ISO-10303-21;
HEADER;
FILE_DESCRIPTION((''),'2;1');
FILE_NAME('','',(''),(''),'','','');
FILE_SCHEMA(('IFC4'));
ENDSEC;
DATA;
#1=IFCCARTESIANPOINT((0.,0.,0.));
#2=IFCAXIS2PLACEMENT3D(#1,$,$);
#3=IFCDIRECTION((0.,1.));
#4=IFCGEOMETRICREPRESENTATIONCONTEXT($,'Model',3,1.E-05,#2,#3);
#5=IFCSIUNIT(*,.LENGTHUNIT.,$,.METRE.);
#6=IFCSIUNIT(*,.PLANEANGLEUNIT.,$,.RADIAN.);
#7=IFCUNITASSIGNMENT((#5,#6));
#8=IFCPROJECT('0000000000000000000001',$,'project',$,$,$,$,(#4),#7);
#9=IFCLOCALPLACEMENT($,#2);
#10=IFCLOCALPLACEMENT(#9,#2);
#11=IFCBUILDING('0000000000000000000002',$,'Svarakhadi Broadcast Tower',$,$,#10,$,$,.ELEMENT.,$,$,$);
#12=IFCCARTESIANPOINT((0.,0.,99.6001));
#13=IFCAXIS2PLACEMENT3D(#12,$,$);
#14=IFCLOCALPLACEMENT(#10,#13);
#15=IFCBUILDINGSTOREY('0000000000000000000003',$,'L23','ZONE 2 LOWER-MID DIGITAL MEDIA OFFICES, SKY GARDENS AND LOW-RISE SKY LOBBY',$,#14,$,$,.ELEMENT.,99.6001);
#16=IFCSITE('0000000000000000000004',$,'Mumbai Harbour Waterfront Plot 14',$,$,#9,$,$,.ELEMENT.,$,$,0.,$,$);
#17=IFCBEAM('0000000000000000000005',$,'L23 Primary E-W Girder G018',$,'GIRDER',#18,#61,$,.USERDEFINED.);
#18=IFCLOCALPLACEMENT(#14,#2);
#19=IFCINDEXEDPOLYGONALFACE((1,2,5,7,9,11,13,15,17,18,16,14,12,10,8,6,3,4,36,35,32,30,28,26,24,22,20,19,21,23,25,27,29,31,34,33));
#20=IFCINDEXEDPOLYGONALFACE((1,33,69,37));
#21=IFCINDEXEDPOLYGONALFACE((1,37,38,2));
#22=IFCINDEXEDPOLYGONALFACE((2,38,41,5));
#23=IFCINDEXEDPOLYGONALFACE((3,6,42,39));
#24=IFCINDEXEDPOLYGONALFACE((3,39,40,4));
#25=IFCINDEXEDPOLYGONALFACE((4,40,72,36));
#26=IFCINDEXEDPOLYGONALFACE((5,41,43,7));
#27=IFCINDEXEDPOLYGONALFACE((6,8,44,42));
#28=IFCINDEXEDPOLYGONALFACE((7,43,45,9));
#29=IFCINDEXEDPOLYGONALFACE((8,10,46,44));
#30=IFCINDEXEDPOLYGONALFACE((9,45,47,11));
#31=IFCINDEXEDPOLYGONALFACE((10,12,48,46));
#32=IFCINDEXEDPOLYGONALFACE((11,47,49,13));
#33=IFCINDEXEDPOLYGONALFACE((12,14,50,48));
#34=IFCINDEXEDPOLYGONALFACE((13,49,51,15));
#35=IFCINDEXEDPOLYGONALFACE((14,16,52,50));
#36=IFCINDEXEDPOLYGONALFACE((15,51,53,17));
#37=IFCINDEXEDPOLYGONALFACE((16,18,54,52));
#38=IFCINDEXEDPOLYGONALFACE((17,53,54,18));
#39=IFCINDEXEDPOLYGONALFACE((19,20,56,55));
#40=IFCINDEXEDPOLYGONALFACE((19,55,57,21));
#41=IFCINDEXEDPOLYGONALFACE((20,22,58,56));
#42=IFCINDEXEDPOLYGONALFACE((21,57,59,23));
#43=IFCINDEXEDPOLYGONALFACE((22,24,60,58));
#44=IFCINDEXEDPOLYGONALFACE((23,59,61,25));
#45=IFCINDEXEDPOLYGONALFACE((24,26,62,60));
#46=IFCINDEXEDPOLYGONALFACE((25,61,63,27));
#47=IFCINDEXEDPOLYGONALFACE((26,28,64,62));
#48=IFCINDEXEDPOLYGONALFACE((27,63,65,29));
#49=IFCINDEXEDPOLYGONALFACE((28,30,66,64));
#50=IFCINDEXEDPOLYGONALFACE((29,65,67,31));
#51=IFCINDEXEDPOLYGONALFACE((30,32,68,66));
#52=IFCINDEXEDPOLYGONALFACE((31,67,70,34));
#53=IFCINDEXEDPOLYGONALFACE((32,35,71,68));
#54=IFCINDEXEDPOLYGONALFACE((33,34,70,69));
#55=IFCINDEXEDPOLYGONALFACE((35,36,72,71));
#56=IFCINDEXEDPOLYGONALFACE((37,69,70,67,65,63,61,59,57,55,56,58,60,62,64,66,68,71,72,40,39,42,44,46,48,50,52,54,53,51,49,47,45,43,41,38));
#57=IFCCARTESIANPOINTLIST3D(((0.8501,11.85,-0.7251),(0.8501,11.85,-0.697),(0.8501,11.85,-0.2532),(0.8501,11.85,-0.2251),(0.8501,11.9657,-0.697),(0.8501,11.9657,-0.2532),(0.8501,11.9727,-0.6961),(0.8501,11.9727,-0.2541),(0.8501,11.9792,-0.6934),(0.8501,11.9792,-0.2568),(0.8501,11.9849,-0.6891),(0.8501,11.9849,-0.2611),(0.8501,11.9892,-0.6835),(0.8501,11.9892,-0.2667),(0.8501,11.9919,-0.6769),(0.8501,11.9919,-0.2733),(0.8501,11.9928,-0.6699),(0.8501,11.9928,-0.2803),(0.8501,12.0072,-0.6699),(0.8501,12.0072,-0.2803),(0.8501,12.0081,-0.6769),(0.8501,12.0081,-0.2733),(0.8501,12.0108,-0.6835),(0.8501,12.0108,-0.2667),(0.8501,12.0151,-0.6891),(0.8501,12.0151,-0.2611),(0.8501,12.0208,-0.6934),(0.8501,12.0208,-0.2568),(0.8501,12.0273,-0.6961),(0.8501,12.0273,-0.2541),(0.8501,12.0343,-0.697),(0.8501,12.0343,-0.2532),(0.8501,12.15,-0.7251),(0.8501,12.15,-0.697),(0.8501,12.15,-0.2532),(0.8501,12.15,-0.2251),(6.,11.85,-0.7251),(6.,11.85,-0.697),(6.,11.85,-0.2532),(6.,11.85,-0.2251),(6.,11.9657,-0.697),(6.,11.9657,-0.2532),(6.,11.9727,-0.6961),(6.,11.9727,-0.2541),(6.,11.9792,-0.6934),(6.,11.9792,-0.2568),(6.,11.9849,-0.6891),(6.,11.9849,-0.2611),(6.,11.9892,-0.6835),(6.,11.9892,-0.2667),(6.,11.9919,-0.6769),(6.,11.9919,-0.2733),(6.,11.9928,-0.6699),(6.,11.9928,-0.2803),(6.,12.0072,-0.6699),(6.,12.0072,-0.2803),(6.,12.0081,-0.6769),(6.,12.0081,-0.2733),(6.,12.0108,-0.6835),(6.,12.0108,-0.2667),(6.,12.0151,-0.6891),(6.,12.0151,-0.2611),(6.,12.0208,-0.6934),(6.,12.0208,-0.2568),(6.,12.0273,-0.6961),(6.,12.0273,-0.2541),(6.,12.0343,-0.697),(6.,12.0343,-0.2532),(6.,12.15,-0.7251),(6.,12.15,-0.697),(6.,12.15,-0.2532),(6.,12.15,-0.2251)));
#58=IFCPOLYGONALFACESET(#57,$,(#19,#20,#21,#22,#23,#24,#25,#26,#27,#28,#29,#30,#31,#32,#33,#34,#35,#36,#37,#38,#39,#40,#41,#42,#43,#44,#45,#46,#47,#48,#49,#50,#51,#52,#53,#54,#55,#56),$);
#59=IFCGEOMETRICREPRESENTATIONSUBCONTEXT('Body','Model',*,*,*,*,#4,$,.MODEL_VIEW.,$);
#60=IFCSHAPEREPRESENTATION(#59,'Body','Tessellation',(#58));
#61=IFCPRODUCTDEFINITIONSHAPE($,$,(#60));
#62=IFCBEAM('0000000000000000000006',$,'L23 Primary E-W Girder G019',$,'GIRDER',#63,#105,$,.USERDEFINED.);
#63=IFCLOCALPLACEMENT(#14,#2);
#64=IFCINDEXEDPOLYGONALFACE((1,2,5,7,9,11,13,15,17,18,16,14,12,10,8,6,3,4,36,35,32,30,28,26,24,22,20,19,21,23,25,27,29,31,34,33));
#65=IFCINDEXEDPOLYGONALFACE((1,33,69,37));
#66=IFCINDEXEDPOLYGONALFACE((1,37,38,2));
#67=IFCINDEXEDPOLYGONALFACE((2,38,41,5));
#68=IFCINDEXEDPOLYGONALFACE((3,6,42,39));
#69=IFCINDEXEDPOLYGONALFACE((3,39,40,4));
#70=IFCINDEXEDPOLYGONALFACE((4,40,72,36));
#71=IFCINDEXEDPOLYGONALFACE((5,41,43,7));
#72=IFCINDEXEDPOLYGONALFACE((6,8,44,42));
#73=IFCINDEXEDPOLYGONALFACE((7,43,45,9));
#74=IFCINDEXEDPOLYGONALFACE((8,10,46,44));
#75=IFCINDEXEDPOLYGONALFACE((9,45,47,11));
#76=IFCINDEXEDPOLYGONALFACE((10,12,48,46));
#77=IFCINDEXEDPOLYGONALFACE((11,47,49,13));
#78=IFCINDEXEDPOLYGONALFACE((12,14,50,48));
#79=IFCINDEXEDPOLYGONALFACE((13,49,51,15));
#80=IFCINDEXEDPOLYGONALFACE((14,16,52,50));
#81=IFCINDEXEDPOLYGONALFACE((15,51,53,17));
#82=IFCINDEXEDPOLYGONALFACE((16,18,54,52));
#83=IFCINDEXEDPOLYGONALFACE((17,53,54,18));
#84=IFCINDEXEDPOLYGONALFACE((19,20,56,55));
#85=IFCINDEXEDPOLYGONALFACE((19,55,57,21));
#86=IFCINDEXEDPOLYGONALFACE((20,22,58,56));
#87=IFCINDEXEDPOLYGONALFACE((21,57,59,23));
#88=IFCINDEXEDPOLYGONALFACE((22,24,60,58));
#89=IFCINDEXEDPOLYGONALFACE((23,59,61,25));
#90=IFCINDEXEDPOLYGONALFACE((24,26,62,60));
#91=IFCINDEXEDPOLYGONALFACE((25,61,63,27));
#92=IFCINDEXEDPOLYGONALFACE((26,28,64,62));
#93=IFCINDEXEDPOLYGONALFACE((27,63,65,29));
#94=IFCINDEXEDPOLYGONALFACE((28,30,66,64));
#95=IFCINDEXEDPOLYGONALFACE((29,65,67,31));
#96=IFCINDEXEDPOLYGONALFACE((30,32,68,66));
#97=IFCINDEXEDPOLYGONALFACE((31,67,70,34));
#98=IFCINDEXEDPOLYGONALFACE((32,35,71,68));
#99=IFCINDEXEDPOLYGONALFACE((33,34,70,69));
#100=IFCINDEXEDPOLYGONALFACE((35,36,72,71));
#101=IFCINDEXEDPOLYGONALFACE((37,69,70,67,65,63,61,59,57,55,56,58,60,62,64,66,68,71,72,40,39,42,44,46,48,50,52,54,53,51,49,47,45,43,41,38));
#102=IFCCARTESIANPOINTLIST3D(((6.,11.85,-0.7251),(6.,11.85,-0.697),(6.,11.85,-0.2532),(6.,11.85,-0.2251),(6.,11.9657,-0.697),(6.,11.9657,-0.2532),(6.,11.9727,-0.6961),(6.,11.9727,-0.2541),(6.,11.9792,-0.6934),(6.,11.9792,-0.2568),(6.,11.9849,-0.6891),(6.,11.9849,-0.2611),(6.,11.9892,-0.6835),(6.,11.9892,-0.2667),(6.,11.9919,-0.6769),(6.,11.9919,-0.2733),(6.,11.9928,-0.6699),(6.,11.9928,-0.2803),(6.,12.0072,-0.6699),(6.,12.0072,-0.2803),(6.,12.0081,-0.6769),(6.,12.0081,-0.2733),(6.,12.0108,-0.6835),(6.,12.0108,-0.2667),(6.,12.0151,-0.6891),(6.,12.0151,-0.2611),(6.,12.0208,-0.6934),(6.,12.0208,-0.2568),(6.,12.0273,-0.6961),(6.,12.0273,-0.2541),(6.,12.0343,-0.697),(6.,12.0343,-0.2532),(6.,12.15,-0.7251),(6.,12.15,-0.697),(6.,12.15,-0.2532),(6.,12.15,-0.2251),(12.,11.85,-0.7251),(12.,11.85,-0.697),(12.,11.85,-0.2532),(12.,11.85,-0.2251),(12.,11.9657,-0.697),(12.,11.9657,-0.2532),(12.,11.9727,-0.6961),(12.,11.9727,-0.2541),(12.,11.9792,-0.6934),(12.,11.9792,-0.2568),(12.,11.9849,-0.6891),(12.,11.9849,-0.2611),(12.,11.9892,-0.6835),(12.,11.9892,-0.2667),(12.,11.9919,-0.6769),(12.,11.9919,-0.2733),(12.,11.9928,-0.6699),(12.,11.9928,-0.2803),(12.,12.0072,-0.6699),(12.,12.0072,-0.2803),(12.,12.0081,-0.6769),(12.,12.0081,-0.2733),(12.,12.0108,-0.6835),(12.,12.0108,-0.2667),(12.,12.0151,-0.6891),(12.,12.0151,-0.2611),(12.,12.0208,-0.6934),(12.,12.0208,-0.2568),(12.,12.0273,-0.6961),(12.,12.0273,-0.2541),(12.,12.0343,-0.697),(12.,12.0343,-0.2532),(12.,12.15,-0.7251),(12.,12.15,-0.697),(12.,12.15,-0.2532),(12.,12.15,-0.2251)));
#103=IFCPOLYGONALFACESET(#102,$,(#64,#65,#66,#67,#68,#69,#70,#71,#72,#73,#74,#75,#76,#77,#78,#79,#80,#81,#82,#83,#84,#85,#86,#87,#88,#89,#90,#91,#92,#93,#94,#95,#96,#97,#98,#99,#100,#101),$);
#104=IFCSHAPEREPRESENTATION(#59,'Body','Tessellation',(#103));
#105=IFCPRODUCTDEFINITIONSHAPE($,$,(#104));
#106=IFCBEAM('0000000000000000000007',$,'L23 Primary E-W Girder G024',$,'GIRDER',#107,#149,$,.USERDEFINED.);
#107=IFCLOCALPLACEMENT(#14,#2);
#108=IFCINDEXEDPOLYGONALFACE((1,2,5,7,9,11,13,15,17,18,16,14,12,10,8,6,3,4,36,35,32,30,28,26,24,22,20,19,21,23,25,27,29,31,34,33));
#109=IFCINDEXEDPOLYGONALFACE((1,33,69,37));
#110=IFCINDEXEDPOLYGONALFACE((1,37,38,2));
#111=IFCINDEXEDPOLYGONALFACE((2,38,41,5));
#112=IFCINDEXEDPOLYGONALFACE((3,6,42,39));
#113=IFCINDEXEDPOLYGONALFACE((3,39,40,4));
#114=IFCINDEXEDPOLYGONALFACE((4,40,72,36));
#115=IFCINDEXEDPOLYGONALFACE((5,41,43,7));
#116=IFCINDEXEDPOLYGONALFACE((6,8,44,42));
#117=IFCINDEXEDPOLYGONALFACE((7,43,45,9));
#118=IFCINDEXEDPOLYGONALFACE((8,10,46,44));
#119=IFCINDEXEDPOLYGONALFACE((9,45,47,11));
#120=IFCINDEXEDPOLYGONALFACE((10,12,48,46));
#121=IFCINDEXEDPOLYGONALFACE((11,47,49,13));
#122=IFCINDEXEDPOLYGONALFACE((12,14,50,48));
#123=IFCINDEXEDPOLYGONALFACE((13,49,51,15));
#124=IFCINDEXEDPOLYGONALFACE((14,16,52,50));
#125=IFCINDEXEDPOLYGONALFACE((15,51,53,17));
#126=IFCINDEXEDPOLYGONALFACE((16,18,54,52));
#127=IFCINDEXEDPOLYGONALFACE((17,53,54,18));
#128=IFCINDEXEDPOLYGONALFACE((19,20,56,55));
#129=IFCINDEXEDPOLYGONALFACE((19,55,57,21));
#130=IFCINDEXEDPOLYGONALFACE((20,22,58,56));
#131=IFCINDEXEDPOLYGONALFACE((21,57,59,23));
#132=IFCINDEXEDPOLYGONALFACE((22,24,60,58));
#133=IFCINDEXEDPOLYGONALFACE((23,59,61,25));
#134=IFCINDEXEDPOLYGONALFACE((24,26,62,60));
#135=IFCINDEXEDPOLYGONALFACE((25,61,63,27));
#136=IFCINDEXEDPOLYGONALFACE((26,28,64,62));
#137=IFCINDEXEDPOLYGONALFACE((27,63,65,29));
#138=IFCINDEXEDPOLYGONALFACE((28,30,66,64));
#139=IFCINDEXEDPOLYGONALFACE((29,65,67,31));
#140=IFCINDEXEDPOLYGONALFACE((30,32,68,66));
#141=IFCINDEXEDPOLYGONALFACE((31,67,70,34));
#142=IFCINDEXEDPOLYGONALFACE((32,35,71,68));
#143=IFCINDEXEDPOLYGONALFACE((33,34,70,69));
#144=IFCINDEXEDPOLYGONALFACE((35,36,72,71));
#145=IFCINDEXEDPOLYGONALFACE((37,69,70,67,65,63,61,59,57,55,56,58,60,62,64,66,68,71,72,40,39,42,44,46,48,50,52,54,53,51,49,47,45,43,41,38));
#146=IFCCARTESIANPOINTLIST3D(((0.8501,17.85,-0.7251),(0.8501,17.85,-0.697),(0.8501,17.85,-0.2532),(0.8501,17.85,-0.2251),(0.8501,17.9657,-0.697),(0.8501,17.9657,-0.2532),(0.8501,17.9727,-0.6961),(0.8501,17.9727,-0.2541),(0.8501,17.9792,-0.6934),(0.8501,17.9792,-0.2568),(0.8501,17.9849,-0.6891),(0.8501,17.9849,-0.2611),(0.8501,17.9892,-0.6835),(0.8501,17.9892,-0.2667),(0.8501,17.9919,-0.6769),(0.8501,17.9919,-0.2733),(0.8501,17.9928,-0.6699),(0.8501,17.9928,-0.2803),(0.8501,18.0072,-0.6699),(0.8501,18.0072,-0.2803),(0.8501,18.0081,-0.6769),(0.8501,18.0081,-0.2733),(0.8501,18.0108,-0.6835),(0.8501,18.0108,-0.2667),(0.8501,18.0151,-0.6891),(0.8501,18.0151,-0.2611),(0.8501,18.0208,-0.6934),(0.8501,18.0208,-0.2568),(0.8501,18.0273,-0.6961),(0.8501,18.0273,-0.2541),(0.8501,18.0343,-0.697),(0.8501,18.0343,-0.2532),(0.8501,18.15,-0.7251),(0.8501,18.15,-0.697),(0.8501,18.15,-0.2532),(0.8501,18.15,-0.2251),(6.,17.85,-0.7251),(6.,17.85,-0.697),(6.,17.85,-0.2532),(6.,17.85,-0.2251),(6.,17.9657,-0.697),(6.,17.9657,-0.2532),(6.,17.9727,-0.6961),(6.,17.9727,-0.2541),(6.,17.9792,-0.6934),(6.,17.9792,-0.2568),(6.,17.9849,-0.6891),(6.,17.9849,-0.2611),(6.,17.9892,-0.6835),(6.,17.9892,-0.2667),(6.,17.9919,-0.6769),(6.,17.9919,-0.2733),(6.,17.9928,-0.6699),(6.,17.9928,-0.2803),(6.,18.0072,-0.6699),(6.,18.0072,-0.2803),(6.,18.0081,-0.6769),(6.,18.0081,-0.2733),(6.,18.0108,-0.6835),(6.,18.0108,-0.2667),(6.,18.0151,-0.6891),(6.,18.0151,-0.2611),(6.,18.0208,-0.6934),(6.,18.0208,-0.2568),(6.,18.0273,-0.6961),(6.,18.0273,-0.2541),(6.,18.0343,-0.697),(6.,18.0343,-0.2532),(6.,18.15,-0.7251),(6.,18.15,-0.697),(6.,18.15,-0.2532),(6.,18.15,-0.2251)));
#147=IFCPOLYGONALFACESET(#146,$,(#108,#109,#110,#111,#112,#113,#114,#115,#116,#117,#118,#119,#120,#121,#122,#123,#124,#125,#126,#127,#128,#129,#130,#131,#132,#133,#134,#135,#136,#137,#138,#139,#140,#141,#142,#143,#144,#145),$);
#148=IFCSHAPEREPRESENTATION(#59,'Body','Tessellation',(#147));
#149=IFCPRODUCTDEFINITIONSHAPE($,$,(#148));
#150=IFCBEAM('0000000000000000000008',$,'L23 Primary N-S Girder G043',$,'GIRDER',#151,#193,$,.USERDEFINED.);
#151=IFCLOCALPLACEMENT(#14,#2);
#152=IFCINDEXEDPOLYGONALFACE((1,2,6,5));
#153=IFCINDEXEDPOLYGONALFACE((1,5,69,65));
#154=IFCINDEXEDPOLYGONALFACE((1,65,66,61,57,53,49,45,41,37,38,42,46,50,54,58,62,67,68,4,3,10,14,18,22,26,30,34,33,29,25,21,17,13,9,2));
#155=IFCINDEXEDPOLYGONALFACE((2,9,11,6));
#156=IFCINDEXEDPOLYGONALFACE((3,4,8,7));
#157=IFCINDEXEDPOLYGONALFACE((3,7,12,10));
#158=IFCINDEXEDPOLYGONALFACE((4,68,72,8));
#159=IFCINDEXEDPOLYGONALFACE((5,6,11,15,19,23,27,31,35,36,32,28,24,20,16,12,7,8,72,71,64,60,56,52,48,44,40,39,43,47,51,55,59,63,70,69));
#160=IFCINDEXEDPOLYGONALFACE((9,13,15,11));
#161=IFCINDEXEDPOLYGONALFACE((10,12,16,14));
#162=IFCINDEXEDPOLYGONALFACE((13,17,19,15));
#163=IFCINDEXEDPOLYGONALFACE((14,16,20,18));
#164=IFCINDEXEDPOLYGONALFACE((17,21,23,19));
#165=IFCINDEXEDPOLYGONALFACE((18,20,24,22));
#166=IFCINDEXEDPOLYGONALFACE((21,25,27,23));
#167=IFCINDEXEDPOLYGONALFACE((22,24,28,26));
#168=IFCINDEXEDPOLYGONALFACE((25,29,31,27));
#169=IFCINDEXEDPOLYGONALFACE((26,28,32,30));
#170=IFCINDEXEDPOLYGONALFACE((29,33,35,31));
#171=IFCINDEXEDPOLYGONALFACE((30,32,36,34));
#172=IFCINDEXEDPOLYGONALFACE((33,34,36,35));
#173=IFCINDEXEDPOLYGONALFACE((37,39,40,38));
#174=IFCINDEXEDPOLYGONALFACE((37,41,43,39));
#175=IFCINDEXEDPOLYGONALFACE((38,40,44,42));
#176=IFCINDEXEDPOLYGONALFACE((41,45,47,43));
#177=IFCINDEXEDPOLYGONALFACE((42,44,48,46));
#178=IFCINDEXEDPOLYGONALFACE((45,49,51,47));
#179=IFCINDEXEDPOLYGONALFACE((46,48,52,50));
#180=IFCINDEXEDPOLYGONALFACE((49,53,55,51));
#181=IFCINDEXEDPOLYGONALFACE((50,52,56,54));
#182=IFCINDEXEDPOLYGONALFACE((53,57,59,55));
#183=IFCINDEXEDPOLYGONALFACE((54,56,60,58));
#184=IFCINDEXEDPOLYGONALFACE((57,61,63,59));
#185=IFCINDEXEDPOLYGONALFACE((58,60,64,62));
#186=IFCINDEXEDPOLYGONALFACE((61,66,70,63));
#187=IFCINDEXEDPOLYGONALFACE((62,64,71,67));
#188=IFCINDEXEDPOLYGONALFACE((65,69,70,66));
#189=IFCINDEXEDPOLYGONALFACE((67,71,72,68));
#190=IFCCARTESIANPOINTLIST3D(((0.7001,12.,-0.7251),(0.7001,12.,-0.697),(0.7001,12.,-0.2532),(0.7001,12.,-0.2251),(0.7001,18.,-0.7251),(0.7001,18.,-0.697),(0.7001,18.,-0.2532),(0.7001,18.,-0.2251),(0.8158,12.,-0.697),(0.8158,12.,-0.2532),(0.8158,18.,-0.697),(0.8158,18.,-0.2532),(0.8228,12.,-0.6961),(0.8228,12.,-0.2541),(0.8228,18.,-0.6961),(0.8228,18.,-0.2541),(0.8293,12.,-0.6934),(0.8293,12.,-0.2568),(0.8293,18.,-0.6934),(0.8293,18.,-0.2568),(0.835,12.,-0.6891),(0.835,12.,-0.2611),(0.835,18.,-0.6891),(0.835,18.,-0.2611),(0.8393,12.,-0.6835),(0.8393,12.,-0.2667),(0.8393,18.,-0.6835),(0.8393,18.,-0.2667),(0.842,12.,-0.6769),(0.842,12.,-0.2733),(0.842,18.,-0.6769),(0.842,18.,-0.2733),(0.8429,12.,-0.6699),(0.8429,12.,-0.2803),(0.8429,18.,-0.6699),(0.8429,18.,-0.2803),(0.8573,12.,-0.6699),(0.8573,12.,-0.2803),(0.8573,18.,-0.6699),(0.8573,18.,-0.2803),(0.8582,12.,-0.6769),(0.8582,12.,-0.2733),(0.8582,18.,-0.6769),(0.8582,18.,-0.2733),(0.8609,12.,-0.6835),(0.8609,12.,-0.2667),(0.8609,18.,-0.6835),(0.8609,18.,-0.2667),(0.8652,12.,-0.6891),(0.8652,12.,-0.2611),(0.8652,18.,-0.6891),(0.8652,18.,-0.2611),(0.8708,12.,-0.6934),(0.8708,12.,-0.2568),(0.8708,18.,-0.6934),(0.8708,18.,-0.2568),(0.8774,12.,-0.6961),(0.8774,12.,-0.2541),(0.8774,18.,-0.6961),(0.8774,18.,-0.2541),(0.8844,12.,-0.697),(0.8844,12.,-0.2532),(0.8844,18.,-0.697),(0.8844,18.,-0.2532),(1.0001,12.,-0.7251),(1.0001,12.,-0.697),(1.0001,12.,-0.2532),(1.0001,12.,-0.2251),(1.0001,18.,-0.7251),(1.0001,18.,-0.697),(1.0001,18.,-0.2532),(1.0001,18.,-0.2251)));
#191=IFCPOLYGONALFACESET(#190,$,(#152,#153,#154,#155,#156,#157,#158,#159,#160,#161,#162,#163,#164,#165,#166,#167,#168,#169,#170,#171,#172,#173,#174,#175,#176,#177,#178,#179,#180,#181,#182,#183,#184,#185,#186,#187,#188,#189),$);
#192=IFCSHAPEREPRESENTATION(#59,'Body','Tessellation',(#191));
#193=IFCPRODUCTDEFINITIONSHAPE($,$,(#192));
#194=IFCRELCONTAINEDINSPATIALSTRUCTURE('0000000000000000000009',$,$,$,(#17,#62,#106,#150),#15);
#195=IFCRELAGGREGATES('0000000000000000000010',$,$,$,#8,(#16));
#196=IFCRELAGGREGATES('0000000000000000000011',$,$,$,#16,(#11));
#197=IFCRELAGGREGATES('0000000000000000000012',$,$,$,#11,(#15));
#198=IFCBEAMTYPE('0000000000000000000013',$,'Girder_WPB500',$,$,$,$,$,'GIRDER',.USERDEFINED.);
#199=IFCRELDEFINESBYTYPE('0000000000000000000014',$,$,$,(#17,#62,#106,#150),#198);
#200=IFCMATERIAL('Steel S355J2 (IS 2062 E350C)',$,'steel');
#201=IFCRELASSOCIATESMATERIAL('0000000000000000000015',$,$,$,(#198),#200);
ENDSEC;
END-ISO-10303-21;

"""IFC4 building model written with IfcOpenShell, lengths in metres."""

from ifc_helpers import new_model, si_unit, direction, frame, origin, origin_2d, place, context, subcontext, project, spatial, i_section, extrude, material, material_profile, profile_set, type_object, element, save


model = new_model("IFC4")

# Units and contexts
model_context = context("Model", 3, precision=1e-05, world=origin(), true_north=direction((0.0, 1.0)))
body_context = subcontext(model_context, "Body", "Model", "MODEL_VIEW")
ifc_project = project(units=[si_unit("LENGTHUNIT", "METRE"), si_unit("PLANEANGLEUNIT", "RADIAN")], contexts=[model_context])

# Site, building, storey
site_placement = place(None, origin())
site = spatial("IfcSite", under=ifc_project, at=site_placement, Name="Mumbai Harbour Waterfront Plot 14", CompositionType="ELEMENT", RefElevation=0.0)
building_placement = place(site_placement, origin())
building = spatial("IfcBuilding", under=site, at=building_placement, Name="Svarakhadi Broadcast Tower", CompositionType="ELEMENT")
storey_placement = place(building_placement, frame((0.0, 0.0, 99.6001)))
storey = spatial("IfcBuildingStorey", under=building, at=storey_placement, Name="L23", Description="ZONE 2 LOWER-MID DIGITAL MEDIA OFFICES, SKY GARDENS AND LOW-RISE SKY LOBBY", CompositionType="ELEMENT", Elevation=99.6001)

# Shared definitions
ifc_material_1 = material(Name="Steel S355J2 (IS 2062 E350C)", Category="steel")

# Beams
ifc_material_profile_1 = material_profile(ifc_material_1, i_section(OverallWidth=0.3, OverallDepth=0.5, WebThickness=0.0144, FlangeThickness=0.0281, FilletRadius=0.0271, at=origin_2d()), Name="WPB 500x300x187")
ifc_profile_set_1 = profile_set([ifc_material_profile_1], Name="Steel S355J2 (IS 2062 E350C)")
beam_type_1 = type_object("IfcBeamType", Name="Girder_WPB500", ElementType="GIRDER", PredefinedType="USERDEFINED", material=ifc_profile_set_1)
beam_1_placement = place(storey_placement, frame((0.8501, 12.0, -0.4751), z_axis=(1.0, 0.0, 0.0), x_axis=(0.0, 1.0, 0.0)))
element("IfcBeam", 1, at=beam_1_placement, inside=storey, type_object=beam_type_1, Name="L23 Primary E-W Girder G018", ObjectType="GIRDER", PredefinedType="USERDEFINED", context=body_context, shape_type="SweptSolid", body=[
    extrude(i_section(OverallWidth=0.3, OverallDepth=0.5, WebThickness=0.0144, FlangeThickness=0.0281, FilletRadius=0.0271, at=origin_2d()), origin(), (0.0, 0.0, 1.0), 5.1499),
])
beam_2_placement = place(storey_placement, frame((6.0, 12.0, -0.4751), z_axis=(1.0, 0.0, 0.0), x_axis=(0.0, 1.0, 0.0)))
element("IfcBeam", 2, at=beam_2_placement, inside=storey, type_object=beam_type_1, Name="L23 Primary E-W Girder G019", ObjectType="GIRDER", PredefinedType="USERDEFINED", context=body_context, shape_type="SweptSolid", body=[
    extrude(i_section(OverallWidth=0.3, OverallDepth=0.5, WebThickness=0.0144, FlangeThickness=0.0281, FilletRadius=0.0271, at=origin_2d()), origin(), (0.0, 0.0, 1.0), 6.0),
])
beam_3_placement = place(storey_placement, frame((0.8501, 18.0, -0.4751), z_axis=(1.0, 0.0, 0.0), x_axis=(0.0, 1.0, 0.0)))
element("IfcBeam", 3, at=beam_3_placement, inside=storey, type_object=beam_type_1, Name="L23 Primary E-W Girder G024", ObjectType="GIRDER", PredefinedType="USERDEFINED", context=body_context, shape_type="SweptSolid", body=[
    extrude(i_section(OverallWidth=0.3, OverallDepth=0.5, WebThickness=0.0144, FlangeThickness=0.0281, FilletRadius=0.0271, at=origin_2d()), origin(), (0.0, 0.0, 1.0), 5.1499),
])
for number, where, z_axis, x_axis, name in (
    (4, (0.8501, 12.0, -0.4751), (0.0, 1.0, 0.0), (-1.0, 0.0, 0.0), "L23 Primary N-S Girder G043"),
):
    element("IfcBeam", number, at=place(storey_placement, frame(where, z_axis=z_axis, x_axis=x_axis)), inside=storey, type_object=beam_type_1, Name=name, ObjectType="GIRDER", PredefinedType="USERDEFINED", context=body_context, shape_type="SweptSolid", body=[
        extrude(i_section(OverallWidth=0.3, OverallDepth=0.5, WebThickness=0.0144, FlangeThickness=0.0281, FilletRadius=0.0271, at=origin_2d()), origin(), (0.0, 0.0, 1.0), 6.0),
    ])

save(model, "model.ifc")
